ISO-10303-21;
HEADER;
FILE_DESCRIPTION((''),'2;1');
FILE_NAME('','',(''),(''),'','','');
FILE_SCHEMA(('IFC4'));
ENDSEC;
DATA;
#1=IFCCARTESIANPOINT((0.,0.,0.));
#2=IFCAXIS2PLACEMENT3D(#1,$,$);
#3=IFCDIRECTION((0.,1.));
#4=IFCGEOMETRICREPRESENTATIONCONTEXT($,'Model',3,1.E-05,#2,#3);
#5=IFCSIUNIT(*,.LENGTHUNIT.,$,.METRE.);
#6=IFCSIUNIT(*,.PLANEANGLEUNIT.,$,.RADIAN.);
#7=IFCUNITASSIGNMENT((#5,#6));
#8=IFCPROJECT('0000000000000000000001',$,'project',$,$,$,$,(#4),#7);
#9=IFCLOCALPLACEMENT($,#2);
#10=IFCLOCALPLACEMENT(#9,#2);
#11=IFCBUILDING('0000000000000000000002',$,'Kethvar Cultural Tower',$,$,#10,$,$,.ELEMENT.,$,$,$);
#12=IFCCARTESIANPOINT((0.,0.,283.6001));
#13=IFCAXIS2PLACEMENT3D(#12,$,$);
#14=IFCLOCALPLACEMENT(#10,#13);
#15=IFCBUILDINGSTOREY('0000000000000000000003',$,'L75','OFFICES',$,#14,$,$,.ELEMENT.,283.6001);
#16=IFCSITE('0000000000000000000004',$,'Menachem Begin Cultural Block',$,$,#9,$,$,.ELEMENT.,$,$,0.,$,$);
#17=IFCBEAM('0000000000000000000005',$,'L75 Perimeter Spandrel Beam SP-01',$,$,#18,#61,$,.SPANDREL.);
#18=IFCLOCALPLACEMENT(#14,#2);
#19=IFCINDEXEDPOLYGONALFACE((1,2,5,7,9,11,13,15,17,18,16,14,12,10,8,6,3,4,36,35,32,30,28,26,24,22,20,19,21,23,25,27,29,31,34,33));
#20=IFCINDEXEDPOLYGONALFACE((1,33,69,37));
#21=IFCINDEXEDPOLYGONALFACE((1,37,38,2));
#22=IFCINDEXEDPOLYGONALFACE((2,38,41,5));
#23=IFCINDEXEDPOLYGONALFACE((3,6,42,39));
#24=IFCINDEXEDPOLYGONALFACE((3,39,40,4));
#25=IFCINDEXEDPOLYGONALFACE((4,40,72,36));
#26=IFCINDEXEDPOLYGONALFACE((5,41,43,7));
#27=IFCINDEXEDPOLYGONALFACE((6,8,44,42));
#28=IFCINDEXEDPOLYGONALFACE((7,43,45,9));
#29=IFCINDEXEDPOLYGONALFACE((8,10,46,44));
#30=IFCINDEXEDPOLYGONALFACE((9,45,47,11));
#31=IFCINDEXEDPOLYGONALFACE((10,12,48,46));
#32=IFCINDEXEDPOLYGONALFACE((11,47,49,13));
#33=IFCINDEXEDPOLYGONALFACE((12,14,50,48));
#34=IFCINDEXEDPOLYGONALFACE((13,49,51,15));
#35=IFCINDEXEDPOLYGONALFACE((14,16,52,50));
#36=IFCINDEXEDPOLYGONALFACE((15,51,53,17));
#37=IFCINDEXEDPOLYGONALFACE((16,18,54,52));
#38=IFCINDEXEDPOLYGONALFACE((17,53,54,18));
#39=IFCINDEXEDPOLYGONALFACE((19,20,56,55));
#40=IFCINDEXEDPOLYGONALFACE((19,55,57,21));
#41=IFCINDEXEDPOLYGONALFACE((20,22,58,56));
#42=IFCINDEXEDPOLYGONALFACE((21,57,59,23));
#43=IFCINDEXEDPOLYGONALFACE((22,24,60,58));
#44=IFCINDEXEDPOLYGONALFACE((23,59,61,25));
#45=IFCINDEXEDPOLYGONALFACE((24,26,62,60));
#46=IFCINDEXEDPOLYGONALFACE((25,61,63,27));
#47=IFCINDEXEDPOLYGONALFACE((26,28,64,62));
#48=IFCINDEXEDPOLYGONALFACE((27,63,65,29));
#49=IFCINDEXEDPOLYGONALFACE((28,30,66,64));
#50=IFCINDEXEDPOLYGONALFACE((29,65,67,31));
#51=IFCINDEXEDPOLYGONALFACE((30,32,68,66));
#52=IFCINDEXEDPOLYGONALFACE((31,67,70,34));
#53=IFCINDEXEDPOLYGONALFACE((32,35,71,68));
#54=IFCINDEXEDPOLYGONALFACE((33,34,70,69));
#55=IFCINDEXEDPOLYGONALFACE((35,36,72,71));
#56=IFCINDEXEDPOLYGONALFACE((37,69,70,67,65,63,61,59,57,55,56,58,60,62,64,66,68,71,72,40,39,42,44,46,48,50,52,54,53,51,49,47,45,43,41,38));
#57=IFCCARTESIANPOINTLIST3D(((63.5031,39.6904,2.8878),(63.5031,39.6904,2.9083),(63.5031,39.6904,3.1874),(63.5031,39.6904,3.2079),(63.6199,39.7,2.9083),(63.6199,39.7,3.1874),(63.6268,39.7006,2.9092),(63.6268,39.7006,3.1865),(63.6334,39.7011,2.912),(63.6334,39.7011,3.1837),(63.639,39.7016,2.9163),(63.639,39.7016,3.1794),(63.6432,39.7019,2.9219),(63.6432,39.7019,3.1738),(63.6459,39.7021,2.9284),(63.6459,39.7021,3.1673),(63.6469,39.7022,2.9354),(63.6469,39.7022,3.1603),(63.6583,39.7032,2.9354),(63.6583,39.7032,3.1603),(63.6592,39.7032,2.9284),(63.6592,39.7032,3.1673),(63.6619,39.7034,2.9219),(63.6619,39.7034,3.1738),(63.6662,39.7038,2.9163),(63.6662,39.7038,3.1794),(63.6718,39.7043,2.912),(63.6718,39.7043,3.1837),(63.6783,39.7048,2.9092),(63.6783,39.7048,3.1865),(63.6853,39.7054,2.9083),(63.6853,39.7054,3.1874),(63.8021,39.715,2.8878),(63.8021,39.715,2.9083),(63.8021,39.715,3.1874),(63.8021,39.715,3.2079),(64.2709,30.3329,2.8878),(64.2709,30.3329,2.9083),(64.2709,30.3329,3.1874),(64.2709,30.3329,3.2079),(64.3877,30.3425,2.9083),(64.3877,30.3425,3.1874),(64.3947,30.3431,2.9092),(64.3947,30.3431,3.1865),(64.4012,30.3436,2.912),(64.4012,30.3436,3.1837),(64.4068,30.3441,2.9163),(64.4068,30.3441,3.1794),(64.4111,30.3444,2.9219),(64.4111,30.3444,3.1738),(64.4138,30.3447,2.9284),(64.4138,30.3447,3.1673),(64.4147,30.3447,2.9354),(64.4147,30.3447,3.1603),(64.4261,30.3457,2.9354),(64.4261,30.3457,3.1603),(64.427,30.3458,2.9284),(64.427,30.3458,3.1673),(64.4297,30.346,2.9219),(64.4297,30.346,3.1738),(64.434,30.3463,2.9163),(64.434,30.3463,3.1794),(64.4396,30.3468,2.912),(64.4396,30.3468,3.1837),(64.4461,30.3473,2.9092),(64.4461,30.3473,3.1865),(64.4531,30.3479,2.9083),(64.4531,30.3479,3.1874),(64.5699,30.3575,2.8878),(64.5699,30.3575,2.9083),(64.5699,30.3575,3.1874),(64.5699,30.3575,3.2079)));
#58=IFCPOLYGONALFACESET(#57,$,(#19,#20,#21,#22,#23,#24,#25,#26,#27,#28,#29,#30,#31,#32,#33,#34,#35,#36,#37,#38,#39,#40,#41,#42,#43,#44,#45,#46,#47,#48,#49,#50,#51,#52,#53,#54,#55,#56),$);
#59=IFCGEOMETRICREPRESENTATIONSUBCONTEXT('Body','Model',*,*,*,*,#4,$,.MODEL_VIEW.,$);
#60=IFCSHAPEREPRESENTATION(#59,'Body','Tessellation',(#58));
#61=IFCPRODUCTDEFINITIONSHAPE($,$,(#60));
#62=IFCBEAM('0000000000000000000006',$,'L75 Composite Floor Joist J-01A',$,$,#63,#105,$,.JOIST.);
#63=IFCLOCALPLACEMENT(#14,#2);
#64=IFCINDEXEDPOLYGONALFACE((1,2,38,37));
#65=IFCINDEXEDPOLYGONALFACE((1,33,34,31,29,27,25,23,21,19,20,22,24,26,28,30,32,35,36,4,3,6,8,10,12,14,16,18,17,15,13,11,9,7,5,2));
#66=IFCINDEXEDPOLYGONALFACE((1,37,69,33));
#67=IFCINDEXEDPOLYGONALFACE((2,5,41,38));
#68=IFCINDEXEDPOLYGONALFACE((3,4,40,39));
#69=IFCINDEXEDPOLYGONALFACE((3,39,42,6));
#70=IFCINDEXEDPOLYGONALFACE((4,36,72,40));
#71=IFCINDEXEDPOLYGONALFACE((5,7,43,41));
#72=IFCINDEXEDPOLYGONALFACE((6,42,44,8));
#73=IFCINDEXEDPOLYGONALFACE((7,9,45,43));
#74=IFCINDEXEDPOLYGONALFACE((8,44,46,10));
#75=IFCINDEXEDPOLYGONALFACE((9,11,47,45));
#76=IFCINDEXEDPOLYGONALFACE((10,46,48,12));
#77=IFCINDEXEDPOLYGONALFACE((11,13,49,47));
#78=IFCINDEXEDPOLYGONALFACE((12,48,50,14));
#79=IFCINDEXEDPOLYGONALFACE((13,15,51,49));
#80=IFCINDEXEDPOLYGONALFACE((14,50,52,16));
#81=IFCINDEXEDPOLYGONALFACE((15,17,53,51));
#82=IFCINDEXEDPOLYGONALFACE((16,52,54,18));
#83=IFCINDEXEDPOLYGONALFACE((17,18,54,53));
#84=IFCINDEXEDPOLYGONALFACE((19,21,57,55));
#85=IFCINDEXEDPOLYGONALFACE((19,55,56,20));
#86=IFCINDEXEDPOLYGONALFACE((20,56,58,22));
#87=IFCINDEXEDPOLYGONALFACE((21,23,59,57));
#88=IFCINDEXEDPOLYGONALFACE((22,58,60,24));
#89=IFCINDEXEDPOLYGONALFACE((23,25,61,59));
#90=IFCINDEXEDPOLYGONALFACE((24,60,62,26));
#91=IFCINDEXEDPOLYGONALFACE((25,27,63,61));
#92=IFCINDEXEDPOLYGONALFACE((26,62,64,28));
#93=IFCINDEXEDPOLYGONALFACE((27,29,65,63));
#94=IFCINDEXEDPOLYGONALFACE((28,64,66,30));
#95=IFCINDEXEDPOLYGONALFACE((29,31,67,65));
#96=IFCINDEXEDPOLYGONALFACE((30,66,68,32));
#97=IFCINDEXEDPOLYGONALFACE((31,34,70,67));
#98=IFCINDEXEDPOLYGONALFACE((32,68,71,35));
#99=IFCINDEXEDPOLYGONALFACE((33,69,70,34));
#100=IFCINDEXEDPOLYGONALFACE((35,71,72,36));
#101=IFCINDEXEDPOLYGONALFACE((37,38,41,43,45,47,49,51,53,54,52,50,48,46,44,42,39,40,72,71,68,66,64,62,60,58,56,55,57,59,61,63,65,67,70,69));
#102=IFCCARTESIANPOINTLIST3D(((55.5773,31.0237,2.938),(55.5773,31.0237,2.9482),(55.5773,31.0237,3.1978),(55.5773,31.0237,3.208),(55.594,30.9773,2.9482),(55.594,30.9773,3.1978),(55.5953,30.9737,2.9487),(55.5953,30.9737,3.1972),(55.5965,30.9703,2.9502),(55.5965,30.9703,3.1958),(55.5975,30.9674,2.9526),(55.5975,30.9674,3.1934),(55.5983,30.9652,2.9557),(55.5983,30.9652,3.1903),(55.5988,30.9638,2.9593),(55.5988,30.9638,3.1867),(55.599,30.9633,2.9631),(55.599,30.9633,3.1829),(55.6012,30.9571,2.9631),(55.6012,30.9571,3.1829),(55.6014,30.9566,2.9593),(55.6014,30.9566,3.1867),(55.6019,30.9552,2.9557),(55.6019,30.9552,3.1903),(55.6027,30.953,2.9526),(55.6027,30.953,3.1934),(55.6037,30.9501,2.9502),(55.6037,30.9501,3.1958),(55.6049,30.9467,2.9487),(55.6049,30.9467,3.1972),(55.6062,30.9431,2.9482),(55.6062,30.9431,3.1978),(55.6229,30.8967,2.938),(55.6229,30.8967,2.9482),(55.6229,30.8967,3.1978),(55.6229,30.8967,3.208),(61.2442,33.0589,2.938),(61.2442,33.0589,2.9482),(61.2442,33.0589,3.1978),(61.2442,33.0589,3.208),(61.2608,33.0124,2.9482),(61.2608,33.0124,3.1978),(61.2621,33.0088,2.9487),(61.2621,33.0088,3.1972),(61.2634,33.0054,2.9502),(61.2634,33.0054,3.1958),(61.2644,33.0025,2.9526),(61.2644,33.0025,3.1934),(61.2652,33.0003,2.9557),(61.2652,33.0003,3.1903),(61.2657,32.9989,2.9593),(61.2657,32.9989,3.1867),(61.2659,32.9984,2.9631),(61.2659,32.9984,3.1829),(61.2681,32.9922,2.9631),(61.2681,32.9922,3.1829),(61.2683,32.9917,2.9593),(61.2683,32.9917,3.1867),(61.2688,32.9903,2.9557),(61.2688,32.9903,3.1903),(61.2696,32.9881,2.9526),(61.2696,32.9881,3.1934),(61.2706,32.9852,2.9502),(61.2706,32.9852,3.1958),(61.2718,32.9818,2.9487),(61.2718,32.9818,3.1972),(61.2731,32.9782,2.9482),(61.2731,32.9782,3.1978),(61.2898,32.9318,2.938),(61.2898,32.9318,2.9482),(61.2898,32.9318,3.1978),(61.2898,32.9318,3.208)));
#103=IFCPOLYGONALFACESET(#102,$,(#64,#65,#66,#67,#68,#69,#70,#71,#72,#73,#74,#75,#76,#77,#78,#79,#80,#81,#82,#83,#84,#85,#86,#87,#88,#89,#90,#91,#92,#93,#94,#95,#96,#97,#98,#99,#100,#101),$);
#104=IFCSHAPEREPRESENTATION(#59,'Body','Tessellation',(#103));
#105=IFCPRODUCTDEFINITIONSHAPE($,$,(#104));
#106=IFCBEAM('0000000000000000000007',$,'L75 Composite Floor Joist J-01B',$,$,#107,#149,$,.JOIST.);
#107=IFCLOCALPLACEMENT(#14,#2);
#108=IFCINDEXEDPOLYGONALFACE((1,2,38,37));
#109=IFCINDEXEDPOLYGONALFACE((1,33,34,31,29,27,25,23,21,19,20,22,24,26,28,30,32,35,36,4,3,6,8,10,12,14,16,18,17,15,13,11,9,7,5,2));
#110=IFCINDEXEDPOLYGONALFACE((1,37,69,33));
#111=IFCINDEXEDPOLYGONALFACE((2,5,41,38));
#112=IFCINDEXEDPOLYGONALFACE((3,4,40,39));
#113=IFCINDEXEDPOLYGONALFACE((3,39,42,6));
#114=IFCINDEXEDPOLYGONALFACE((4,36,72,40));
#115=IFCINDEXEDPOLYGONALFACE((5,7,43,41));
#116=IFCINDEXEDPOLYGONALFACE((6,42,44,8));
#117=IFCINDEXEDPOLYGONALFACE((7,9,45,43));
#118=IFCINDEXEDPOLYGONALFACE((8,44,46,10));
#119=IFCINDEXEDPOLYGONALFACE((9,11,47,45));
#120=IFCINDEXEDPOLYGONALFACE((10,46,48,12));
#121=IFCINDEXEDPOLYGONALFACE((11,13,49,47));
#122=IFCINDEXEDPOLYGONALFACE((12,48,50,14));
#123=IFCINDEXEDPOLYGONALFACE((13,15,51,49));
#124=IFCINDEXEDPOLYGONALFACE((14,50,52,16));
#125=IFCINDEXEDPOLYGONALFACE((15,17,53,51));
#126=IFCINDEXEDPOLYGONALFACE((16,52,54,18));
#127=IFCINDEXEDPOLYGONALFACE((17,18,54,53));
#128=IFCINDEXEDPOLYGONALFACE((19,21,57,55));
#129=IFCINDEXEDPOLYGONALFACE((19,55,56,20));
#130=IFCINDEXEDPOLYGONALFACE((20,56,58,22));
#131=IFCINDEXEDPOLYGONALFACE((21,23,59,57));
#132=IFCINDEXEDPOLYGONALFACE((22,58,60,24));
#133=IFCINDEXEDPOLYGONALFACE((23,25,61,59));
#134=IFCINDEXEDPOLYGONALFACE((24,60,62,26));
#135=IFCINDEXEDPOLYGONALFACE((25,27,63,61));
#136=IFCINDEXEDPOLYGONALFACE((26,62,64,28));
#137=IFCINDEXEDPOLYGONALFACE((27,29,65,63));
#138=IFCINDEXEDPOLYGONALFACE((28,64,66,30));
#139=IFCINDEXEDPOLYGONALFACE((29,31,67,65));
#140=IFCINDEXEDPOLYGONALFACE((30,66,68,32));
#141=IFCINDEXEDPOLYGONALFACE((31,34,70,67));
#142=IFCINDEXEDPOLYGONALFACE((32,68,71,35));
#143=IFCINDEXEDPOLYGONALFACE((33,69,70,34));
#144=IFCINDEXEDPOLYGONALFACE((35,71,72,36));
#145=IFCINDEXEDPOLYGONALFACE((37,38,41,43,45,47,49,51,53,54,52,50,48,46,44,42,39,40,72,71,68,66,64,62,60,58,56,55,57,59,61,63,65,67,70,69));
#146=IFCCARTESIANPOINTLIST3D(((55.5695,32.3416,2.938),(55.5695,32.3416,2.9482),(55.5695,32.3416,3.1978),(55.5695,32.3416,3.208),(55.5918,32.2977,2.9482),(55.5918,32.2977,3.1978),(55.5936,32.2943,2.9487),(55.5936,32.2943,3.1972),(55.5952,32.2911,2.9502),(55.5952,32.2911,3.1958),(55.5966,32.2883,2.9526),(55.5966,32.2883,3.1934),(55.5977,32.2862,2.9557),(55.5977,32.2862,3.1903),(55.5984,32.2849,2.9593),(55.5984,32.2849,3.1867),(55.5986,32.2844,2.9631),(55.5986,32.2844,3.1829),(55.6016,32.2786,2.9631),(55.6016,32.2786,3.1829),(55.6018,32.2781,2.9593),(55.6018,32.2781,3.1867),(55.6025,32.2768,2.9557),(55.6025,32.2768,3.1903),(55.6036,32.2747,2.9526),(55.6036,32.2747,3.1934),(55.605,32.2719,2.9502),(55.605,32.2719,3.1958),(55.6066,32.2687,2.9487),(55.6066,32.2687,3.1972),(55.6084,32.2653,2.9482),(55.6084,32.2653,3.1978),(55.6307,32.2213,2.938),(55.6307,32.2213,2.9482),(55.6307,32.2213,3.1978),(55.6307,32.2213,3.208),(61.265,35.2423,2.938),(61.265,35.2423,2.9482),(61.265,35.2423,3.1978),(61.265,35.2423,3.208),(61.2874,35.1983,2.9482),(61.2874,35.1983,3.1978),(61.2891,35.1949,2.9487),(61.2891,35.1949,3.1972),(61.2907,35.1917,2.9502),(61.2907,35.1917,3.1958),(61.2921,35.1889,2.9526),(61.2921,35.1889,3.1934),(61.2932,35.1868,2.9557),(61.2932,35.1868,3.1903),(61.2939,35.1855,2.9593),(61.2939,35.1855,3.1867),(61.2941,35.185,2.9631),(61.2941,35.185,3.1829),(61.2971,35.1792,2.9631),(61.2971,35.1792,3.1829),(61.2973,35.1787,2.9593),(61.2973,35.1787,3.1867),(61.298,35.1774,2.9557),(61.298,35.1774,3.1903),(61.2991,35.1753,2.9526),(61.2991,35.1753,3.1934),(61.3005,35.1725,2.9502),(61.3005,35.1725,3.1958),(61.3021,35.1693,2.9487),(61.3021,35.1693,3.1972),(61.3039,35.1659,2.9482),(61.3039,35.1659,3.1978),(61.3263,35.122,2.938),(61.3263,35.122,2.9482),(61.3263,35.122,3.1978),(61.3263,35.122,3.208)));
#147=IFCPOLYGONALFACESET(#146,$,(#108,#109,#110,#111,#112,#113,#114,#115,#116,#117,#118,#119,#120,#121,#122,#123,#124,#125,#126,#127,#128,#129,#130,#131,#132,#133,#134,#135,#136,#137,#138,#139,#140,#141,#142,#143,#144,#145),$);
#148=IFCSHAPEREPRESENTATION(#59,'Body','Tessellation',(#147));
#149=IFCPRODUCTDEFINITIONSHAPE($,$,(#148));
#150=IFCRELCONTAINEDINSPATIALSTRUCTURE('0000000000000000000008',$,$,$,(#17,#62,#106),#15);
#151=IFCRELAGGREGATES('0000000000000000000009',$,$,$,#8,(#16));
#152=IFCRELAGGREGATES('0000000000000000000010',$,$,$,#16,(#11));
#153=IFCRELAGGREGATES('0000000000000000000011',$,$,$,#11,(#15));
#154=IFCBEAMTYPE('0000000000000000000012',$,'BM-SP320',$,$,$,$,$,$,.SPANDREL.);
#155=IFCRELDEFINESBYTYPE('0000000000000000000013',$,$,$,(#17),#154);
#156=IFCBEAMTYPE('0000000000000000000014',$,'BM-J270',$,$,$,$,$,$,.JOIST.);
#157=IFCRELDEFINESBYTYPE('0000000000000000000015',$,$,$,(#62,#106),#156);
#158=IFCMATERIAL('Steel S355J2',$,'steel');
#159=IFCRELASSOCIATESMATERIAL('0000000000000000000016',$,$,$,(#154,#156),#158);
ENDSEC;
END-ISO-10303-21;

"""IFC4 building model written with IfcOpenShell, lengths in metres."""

from ifc_helpers import new_model, si_unit, direction, frame, origin, origin_2d, place, context, subcontext, project, spatial, i_section, extrude, source, transform, mapped, material, material_profile, profile_set, type_object, element, save


model = new_model("IFC4")

# Units and contexts
model_context = context("Model", 3, precision=1e-05, world=origin(), true_north=direction((0.0, 1.0)))
body_context = subcontext(model_context, "Body", "Model", "MODEL_VIEW")
ifc_project = project(units=[si_unit("LENGTHUNIT", "METRE"), si_unit("PLANEANGLEUNIT", "RADIAN")], contexts=[model_context])

# Site, building, storey
site_placement = place(None, origin())
site = spatial("IfcSite", under=ifc_project, at=site_placement, Name="Menachem Begin Cultural Block", CompositionType="ELEMENT", RefElevation=0.0)
building_placement = place(site_placement, origin())
building = spatial("IfcBuilding", under=site, at=building_placement, Name="Kethvar Cultural Tower", CompositionType="ELEMENT")
storey_placement = place(building_placement, frame((0.0, 0.0, 283.6001)))
storey = spatial("IfcBuildingStorey", under=building, at=storey_placement, Name="L75", Description="OFFICES", CompositionType="ELEMENT", Elevation=283.6001)

# Shared definitions
ifc_material_1 = material(Name="Steel S355J2", Category="steel")

# Beams
ifc_material_profile_1 = material_profile(ifc_material_1, i_section(OverallWidth=0.3, OverallDepth=0.3201, WebThickness=0.0115, FlangeThickness=0.0205, FilletRadius=0.0271, at=origin_2d()), Name="Steel S355J2 — HEB320")
ifc_profile_set_1 = profile_set([ifc_material_profile_1], Name="Steel S355J2 — HEB320")
beam_type_1 = type_object("IfcBeamType", Name="BM-SP320", PredefinedType="SPANDREL", material=ifc_profile_set_1)
shared_shape_1 = source(origin(), body_context, "Body", "SweptSolid", [
    extrude(i_section(OverallWidth=0.3, OverallDepth=0.3201, WebThickness=0.0115, FlangeThickness=0.0205, FilletRadius=0.0271, at=origin_2d()), origin(), (0.0, 0.0, 1.0), 9.3889),
])
beam_1_placement = place(storey_placement, frame((64.4204, 30.3452, 3.0479), z_axis=(-0.08178, 0.99665, 0.0), x_axis=(-0.99665, -0.08178, 0.0)))
element("IfcBeam", 1, at=beam_1_placement, inside=storey, type_object=beam_type_1, Name="L75 Perimeter Spandrel Beam SP-01", PredefinedType="SPANDREL", context=body_context, shape_type="MappedRepresentation", body=[
    mapped(shared_shape_1, transform((0.0, 0.0, 0.0), scale=1.0)),
])
ifc_material_profile_2 = material_profile(ifc_material_1, i_section(OverallWidth=0.135, OverallDepth=0.27, WebThickness=0.0066, FlangeThickness=0.0103, FilletRadius=0.0149, at=origin_2d()), Name="Steel S355J2 — IPE270")
ifc_profile_set_2 = profile_set([ifc_material_profile_2], Name="Steel S355J2 — IPE270")
beam_type_2 = type_object("IfcBeamType", Name="BM-J270", PredefinedType="JOIST", material=ifc_profile_set_2)
shared_shape_2 = source(origin(), body_context, "Body", "SweptSolid", [
    extrude(i_section(OverallWidth=0.135, OverallDepth=0.27, WebThickness=0.0066, FlangeThickness=0.0103, FilletRadius=0.0149, at=origin_2d()), origin(), (0.0, 0.0, 1.0), 6.0212),
])
beam_2_placement = place(storey_placement, frame((55.6001, 30.9602, 3.073), z_axis=(0.94115, 0.33799, 0.0), x_axis=(-0.33799, 0.94115, 0.0)))
element("IfcBeam", 2, at=beam_2_placement, inside=storey, type_object=beam_type_2, Name="L75 Composite Floor Joist J-01A", PredefinedType="JOIST", context=body_context, shape_type="MappedRepresentation", body=[
    mapped(shared_shape_2, transform((0.0, 0.0, 0.0), scale=1.0)),
])
shared_shape_3 = source(origin(), body_context, "Body", "SweptSolid", [
    extrude(i_section(OverallWidth=0.135, OverallDepth=0.27, WebThickness=0.0066, FlangeThickness=0.0103, FilletRadius=0.0149, at=origin_2d()), origin(), (0.0, 0.0, 1.0), 6.3916),
])
beam_3_placement = place(storey_placement, frame((55.6001, 32.2815, 3.073), z_axis=(0.891095, 0.453817, 0.0), x_axis=(-0.453817, 0.891095, 0.0)))
element("IfcBeam", 3, at=beam_3_placement, inside=storey, type_object=beam_type_2, Name="L75 Composite Floor Joist J-01B", PredefinedType="JOIST", context=body_context, shape_type="MappedRepresentation", body=[
    mapped(shared_shape_3, transform((0.0, 0.0, 0.0), scale=1.0)),
])

save(model, "model.ifc")
